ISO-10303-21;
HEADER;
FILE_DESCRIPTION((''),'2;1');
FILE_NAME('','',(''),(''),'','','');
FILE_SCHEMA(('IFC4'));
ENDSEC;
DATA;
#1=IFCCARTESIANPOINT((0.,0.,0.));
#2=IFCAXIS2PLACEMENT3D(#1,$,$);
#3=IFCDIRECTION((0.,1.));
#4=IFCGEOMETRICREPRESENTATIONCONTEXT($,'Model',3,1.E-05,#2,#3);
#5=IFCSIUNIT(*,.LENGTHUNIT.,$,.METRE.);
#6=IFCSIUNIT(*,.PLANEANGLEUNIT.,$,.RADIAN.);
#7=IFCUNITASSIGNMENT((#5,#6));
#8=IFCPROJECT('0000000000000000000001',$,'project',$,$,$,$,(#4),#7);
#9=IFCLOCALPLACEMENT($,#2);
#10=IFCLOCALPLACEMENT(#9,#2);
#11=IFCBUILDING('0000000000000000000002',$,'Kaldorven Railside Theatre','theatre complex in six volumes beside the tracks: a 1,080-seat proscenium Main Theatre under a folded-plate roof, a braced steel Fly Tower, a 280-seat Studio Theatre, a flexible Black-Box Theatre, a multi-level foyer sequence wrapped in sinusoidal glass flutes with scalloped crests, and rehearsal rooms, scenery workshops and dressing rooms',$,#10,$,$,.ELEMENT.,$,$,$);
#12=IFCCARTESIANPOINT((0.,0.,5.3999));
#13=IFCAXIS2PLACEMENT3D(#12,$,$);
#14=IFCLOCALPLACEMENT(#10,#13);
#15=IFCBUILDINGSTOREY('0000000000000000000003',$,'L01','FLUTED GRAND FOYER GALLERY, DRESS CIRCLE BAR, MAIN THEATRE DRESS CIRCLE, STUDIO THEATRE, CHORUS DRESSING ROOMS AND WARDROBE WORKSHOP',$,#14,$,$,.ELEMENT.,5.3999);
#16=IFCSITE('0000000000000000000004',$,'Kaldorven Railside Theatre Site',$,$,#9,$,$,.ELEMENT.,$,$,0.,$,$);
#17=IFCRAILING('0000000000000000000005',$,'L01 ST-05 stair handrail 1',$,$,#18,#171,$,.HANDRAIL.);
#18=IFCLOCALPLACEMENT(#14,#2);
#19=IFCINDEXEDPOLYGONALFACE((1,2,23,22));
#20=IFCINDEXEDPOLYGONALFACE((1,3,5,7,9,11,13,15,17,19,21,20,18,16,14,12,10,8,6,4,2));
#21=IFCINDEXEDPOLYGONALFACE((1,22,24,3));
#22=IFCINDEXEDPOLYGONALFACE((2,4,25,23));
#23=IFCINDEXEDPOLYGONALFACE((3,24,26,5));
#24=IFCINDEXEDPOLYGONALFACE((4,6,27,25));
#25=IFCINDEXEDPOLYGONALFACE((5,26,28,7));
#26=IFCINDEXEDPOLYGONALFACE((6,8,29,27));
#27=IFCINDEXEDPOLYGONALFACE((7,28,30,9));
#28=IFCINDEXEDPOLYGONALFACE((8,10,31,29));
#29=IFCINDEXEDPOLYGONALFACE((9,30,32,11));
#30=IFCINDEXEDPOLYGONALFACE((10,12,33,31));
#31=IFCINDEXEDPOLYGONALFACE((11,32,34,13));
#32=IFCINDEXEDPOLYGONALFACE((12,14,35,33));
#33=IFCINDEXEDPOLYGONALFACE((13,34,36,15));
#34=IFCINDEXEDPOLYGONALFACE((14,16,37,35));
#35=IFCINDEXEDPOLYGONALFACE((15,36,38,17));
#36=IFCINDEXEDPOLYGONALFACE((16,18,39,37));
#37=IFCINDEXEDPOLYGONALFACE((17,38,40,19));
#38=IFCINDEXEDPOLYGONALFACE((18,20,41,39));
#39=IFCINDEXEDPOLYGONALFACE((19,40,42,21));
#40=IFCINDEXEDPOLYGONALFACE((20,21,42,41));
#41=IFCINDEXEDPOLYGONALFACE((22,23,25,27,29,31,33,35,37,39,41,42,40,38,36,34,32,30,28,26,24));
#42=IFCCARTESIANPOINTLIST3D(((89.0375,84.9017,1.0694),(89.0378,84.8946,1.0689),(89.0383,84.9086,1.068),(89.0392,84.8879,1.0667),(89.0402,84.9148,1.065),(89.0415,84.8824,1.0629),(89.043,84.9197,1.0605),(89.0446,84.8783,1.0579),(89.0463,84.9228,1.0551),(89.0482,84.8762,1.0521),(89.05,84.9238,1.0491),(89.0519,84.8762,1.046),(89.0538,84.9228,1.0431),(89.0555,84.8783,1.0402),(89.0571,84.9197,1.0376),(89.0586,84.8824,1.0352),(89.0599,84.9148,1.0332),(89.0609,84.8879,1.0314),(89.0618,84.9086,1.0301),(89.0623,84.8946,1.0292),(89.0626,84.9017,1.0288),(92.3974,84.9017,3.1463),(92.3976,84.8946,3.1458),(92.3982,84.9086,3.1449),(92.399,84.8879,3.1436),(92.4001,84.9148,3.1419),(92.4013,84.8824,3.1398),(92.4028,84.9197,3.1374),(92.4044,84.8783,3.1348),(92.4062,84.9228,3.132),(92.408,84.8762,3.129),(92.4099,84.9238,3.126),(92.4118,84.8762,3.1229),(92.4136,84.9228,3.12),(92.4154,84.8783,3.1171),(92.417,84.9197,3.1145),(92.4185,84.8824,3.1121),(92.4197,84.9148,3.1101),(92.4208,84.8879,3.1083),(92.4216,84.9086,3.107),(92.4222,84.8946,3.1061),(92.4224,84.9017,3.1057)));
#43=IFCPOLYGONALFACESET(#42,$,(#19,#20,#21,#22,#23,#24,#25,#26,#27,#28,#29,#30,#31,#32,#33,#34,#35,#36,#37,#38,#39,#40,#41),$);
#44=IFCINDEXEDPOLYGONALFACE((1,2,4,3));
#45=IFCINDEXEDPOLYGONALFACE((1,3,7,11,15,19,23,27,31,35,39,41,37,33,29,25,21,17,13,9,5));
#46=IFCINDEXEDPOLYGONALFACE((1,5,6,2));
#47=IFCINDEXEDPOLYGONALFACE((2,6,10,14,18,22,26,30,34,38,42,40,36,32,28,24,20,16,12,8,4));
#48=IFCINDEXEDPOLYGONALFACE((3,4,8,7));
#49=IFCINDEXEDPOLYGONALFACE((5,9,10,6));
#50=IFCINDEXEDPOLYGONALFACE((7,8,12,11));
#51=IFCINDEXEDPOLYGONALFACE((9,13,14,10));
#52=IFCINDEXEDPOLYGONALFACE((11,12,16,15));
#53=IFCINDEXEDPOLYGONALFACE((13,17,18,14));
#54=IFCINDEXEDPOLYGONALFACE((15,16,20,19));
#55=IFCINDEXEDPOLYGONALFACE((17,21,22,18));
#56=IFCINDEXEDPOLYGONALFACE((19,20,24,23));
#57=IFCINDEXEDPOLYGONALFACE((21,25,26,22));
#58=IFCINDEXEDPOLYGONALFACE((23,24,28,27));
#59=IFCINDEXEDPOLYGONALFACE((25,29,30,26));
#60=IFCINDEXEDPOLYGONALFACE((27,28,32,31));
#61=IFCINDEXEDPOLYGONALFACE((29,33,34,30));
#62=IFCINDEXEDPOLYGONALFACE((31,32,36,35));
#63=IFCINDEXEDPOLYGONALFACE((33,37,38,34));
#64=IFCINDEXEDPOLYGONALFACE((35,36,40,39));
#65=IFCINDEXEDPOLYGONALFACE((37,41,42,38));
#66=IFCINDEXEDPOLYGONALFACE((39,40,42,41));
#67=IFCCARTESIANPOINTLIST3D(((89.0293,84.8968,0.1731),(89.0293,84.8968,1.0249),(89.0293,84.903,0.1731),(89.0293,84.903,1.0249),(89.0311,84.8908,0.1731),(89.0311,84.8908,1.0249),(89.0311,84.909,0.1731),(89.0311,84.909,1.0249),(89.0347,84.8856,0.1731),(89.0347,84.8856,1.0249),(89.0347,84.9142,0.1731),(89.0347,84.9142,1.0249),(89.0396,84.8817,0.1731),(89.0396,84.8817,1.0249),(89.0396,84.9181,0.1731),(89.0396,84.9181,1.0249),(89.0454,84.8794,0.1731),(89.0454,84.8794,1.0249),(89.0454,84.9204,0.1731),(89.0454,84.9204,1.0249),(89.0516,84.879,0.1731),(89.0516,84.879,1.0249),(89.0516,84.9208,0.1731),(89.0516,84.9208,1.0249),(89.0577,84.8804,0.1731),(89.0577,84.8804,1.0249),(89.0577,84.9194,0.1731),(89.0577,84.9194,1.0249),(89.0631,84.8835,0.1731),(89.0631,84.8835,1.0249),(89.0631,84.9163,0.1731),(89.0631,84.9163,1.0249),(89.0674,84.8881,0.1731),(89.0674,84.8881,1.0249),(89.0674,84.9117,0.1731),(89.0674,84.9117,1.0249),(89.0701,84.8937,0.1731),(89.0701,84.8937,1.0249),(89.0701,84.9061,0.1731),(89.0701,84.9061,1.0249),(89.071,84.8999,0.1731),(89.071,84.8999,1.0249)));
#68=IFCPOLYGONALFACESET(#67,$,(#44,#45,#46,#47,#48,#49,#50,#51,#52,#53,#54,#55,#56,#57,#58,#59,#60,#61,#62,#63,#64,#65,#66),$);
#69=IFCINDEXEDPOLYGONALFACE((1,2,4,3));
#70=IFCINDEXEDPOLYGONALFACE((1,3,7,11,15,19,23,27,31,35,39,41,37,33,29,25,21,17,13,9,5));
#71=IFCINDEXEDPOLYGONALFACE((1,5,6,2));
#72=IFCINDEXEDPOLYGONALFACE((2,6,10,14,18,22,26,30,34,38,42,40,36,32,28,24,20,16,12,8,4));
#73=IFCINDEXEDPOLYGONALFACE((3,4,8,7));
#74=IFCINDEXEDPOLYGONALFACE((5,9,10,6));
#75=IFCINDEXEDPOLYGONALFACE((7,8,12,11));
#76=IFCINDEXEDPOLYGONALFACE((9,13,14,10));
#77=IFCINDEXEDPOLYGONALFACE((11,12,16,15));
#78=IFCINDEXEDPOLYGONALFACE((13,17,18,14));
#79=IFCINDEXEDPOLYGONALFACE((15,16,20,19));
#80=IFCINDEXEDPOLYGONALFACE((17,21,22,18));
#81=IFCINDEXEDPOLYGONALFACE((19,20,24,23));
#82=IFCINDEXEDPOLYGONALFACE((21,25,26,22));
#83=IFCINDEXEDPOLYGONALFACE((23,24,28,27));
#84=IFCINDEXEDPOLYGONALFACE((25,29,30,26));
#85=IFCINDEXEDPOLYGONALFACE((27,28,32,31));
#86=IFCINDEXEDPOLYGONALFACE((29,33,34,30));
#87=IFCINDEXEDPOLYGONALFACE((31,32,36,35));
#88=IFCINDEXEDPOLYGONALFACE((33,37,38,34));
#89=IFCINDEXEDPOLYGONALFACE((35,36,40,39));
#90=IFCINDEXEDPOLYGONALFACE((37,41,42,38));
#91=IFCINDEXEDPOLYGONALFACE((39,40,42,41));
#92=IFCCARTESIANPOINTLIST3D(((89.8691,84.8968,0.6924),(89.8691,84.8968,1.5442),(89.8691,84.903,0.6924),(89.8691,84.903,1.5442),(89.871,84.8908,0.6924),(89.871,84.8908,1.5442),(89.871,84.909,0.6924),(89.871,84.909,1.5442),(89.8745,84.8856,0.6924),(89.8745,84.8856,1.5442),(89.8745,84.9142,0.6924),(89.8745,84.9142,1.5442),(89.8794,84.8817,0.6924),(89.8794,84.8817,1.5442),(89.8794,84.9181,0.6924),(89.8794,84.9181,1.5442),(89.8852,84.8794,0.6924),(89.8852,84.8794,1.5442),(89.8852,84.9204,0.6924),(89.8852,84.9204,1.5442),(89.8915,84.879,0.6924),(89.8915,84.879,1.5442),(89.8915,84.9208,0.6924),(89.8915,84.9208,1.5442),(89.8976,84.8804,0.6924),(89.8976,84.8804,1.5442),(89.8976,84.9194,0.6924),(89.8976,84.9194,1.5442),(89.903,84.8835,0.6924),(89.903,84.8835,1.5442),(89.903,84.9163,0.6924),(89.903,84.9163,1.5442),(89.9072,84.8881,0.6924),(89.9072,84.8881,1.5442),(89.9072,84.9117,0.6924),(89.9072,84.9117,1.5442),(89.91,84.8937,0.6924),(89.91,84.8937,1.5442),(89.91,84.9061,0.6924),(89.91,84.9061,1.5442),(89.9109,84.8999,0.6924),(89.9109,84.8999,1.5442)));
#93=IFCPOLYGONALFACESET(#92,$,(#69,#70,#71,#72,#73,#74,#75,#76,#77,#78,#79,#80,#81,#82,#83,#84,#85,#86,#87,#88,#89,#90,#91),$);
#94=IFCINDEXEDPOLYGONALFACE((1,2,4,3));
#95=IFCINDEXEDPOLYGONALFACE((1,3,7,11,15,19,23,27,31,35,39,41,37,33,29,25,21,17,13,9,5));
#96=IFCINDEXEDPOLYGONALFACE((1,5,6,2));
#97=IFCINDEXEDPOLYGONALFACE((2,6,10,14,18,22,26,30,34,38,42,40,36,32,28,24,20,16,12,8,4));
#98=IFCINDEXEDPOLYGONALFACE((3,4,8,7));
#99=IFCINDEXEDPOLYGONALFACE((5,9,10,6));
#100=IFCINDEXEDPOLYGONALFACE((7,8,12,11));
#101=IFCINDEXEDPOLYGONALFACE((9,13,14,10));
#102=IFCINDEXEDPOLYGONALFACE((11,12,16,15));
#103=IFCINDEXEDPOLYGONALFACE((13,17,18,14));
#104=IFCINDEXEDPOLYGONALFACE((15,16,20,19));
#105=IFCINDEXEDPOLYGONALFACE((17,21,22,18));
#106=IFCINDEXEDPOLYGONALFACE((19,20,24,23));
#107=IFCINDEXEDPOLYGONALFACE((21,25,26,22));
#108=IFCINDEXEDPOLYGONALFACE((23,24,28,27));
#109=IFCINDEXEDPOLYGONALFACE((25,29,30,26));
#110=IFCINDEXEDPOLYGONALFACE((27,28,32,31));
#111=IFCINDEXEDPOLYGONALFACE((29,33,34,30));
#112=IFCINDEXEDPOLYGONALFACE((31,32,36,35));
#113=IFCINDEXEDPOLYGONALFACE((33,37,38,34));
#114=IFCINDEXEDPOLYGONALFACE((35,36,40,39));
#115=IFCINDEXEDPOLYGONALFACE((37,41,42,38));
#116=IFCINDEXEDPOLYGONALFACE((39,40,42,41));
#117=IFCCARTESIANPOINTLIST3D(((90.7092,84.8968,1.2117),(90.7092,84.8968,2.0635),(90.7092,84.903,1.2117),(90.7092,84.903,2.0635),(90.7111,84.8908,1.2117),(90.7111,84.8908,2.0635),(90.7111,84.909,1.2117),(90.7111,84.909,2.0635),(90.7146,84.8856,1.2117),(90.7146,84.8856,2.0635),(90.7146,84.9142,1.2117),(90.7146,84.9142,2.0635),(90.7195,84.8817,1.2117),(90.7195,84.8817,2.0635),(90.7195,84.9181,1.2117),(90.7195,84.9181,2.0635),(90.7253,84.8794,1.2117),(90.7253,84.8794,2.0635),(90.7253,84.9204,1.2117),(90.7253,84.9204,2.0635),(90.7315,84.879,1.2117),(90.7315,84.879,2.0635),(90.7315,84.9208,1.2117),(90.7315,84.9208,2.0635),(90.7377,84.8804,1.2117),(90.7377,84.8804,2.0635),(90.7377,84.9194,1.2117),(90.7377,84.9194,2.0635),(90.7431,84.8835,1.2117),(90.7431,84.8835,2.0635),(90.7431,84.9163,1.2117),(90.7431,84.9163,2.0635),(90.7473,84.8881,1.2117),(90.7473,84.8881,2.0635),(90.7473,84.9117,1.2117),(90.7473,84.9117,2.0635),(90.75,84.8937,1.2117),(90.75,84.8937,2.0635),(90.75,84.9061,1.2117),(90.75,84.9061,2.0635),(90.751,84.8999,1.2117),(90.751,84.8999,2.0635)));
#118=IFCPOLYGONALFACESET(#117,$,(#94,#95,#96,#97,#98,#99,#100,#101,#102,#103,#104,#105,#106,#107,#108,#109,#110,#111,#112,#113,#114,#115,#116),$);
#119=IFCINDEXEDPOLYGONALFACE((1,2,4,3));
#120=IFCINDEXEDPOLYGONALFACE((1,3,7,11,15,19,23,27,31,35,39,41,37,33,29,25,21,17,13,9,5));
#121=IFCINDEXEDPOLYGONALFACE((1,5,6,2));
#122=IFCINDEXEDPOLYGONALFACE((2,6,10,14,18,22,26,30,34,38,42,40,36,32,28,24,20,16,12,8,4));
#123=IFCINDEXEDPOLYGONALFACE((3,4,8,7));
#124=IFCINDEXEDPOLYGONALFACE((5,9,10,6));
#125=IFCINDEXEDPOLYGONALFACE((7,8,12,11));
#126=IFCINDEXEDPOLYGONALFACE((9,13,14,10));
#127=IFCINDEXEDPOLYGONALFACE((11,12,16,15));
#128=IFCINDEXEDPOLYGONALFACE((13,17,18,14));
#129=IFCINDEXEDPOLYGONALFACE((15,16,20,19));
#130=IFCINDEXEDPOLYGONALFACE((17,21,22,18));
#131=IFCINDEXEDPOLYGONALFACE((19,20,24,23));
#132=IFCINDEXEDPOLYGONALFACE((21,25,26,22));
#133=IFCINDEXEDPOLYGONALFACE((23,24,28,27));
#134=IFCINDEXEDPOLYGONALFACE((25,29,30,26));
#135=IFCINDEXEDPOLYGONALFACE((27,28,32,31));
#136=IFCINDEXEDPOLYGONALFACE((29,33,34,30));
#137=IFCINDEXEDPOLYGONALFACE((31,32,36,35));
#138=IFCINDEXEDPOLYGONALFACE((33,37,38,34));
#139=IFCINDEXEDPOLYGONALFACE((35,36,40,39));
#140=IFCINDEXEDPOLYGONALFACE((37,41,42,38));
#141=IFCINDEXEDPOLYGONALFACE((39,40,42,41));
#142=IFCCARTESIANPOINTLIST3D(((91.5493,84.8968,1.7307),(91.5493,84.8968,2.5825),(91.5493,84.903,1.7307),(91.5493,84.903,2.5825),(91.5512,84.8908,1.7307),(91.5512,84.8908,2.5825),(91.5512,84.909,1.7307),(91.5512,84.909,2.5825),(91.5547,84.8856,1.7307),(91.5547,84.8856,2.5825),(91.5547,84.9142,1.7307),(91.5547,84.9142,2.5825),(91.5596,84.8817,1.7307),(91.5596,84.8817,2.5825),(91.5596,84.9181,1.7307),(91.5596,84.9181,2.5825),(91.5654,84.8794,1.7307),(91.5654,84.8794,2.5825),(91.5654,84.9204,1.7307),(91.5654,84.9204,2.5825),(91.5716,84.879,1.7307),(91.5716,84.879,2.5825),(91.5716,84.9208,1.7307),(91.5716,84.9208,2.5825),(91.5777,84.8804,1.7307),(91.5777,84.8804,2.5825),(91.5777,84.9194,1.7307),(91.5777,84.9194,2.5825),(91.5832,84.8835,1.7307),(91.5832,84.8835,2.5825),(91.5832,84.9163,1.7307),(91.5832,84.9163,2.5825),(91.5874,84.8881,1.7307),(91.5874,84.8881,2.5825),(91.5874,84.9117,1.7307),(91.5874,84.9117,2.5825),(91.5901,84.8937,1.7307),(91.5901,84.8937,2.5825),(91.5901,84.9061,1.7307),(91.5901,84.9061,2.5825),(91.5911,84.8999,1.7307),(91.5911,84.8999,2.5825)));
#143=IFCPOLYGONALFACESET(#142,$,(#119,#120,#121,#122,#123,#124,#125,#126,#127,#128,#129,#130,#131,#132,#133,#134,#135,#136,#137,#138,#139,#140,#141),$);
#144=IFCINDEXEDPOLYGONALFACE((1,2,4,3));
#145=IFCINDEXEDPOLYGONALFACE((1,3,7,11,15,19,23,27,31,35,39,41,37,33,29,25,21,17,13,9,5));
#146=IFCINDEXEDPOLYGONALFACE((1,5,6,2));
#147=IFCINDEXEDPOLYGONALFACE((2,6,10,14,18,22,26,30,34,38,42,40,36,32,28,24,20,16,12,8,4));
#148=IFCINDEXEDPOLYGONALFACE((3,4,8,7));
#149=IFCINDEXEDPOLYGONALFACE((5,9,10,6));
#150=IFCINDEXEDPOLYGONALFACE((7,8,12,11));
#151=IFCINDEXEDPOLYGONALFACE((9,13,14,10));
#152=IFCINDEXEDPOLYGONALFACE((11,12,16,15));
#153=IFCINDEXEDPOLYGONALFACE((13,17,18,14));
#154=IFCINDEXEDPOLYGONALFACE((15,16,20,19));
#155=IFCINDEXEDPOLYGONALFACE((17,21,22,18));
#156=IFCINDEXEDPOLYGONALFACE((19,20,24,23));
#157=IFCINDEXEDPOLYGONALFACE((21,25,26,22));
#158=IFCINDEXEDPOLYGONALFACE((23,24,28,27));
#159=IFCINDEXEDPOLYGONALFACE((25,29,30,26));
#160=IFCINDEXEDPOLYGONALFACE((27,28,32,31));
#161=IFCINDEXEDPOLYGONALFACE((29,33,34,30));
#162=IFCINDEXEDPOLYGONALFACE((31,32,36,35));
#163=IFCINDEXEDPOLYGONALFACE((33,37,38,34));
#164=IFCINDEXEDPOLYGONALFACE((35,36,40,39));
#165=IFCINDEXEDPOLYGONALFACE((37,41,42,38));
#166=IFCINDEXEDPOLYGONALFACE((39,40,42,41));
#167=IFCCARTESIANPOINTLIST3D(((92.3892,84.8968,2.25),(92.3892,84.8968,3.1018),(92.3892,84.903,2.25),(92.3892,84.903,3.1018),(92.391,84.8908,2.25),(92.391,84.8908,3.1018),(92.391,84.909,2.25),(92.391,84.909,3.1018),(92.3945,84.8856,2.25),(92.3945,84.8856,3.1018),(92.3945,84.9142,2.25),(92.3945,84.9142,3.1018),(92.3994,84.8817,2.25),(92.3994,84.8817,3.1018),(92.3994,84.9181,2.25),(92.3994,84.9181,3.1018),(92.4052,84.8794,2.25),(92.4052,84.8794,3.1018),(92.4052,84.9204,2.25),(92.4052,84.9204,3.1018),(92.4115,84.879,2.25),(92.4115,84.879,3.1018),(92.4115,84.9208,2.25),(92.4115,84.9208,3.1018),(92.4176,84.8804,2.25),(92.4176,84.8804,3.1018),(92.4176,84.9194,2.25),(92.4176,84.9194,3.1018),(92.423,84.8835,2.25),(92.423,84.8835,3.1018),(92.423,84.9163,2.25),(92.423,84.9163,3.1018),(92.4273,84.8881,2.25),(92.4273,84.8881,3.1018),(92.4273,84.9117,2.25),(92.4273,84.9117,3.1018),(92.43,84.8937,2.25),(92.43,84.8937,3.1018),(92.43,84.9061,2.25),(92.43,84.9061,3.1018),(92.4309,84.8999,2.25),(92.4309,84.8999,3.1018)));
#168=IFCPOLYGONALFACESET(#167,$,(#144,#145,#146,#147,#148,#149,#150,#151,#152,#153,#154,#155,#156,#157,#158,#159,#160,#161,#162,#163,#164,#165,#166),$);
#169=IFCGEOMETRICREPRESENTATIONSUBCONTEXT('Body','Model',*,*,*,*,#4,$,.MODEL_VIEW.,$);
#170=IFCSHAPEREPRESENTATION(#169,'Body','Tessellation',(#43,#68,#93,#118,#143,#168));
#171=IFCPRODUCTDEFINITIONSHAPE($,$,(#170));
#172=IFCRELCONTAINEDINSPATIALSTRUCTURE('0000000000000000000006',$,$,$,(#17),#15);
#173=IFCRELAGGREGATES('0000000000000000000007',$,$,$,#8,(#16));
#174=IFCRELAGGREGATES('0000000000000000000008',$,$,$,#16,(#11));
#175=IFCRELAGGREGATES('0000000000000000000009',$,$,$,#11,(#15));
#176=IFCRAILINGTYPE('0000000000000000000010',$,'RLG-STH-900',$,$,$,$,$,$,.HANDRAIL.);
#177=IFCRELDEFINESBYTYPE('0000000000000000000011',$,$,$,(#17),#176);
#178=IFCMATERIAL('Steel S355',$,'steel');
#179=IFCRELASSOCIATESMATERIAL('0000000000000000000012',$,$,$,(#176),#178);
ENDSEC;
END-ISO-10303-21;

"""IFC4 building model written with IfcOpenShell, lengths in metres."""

from ifc_helpers import new_model, si_unit, direction, frame, origin, origin_2d, place, context, subcontext, project, spatial, circle, extrude, material, type_object, element, save


model = new_model("IFC4")

# Units and contexts
model_context = context("Model", 3, precision=1e-05, world=origin(), true_north=direction((0.0, 1.0)))
body_context = subcontext(model_context, "Body", "Model", "MODEL_VIEW")
ifc_project = project(units=[si_unit("LENGTHUNIT", "METRE"), si_unit("PLANEANGLEUNIT", "RADIAN")], contexts=[model_context])

# Site, building, storey
site_placement = place(None, origin())
site = spatial("IfcSite", under=ifc_project, at=site_placement, Name="Kaldorven Railside Theatre Site", CompositionType="ELEMENT", RefElevation=0.0)
building_placement = place(site_placement, origin())
building = spatial("IfcBuilding", under=site, at=building_placement, Name="Kaldorven Railside Theatre", Description="theatre complex in six volumes beside the tracks: a 1,080-seat proscenium Main Theatre under a folded-plate roof, a braced steel Fly Tower, a 280-seat Studio Theatre, a flexible Black-Box Theatre, a multi-level foyer sequence wrapped in sinusoidal glass flutes with scalloped crests, and rehearsal rooms, scenery workshops and dressing rooms", CompositionType="ELEMENT")
storey_placement = place(building_placement, frame((0.0, 0.0, 5.3999)))
storey = spatial("IfcBuildingStorey", under=building, at=storey_placement, Name="L01", Description="FLUTED GRAND FOYER GALLERY, DRESS CIRCLE BAR, MAIN THEATRE DRESS CIRCLE, STUDIO THEATRE, CHORUS DRESSING ROOMS AND WARDROBE WORKSHOP", CompositionType="ELEMENT", Elevation=5.3999)

# Shared definitions
ifc_material_1 = material(Name="Steel S355", Category="steel")

# Railing
railing_type_1 = type_object("IfcRailingType", Name="RLG-STH-900", PredefinedType="HANDRAIL", material=ifc_material_1)
railing_1_placement = place(storey_placement, frame((89.05, 84.8999, 0.1731)))
element("IfcRailing", 1, at=railing_1_placement, inside=storey, type_object=railing_type_1, Name="L01 ST-05 stair handrail 1", PredefinedType="HANDRAIL", context=body_context, shape_type="SweptSolid", body=[
    extrude(circle(Radius=0.0239, at=origin_2d()), frame((0.0, 0.0, 0.876), z_axis=(0.850606, 0.0, 0.525803), x_axis=(0.0, 1.0, 0.0)), (0.0, 0.0, 1.0), 3.95),
    extrude(circle(Radius=0.021, at=origin_2d()), origin(), (0.0, 0.0, 1.0), 0.8518),
    extrude(circle(Radius=0.021, at=origin_2d()), frame((0.8398, 0.0, 0.5193)), (0.0, 0.0, 1.0), 0.8518),
    extrude(circle(Radius=0.021, at=origin_2d()), frame((1.6799, 0.0, 1.0386)), (0.0, 0.0, 1.0), 0.8518),
    extrude(circle(Radius=0.021, at=origin_2d()), frame((2.52, 0.0, 1.5576)), (0.0, 0.0, 1.0), 0.8518),
    extrude(circle(Radius=0.021, at=origin_2d()), frame((3.3599, 0.0, 2.0769)), (0.0, 0.0, 1.0), 0.8518),
])

save(model, "model.ifc")
